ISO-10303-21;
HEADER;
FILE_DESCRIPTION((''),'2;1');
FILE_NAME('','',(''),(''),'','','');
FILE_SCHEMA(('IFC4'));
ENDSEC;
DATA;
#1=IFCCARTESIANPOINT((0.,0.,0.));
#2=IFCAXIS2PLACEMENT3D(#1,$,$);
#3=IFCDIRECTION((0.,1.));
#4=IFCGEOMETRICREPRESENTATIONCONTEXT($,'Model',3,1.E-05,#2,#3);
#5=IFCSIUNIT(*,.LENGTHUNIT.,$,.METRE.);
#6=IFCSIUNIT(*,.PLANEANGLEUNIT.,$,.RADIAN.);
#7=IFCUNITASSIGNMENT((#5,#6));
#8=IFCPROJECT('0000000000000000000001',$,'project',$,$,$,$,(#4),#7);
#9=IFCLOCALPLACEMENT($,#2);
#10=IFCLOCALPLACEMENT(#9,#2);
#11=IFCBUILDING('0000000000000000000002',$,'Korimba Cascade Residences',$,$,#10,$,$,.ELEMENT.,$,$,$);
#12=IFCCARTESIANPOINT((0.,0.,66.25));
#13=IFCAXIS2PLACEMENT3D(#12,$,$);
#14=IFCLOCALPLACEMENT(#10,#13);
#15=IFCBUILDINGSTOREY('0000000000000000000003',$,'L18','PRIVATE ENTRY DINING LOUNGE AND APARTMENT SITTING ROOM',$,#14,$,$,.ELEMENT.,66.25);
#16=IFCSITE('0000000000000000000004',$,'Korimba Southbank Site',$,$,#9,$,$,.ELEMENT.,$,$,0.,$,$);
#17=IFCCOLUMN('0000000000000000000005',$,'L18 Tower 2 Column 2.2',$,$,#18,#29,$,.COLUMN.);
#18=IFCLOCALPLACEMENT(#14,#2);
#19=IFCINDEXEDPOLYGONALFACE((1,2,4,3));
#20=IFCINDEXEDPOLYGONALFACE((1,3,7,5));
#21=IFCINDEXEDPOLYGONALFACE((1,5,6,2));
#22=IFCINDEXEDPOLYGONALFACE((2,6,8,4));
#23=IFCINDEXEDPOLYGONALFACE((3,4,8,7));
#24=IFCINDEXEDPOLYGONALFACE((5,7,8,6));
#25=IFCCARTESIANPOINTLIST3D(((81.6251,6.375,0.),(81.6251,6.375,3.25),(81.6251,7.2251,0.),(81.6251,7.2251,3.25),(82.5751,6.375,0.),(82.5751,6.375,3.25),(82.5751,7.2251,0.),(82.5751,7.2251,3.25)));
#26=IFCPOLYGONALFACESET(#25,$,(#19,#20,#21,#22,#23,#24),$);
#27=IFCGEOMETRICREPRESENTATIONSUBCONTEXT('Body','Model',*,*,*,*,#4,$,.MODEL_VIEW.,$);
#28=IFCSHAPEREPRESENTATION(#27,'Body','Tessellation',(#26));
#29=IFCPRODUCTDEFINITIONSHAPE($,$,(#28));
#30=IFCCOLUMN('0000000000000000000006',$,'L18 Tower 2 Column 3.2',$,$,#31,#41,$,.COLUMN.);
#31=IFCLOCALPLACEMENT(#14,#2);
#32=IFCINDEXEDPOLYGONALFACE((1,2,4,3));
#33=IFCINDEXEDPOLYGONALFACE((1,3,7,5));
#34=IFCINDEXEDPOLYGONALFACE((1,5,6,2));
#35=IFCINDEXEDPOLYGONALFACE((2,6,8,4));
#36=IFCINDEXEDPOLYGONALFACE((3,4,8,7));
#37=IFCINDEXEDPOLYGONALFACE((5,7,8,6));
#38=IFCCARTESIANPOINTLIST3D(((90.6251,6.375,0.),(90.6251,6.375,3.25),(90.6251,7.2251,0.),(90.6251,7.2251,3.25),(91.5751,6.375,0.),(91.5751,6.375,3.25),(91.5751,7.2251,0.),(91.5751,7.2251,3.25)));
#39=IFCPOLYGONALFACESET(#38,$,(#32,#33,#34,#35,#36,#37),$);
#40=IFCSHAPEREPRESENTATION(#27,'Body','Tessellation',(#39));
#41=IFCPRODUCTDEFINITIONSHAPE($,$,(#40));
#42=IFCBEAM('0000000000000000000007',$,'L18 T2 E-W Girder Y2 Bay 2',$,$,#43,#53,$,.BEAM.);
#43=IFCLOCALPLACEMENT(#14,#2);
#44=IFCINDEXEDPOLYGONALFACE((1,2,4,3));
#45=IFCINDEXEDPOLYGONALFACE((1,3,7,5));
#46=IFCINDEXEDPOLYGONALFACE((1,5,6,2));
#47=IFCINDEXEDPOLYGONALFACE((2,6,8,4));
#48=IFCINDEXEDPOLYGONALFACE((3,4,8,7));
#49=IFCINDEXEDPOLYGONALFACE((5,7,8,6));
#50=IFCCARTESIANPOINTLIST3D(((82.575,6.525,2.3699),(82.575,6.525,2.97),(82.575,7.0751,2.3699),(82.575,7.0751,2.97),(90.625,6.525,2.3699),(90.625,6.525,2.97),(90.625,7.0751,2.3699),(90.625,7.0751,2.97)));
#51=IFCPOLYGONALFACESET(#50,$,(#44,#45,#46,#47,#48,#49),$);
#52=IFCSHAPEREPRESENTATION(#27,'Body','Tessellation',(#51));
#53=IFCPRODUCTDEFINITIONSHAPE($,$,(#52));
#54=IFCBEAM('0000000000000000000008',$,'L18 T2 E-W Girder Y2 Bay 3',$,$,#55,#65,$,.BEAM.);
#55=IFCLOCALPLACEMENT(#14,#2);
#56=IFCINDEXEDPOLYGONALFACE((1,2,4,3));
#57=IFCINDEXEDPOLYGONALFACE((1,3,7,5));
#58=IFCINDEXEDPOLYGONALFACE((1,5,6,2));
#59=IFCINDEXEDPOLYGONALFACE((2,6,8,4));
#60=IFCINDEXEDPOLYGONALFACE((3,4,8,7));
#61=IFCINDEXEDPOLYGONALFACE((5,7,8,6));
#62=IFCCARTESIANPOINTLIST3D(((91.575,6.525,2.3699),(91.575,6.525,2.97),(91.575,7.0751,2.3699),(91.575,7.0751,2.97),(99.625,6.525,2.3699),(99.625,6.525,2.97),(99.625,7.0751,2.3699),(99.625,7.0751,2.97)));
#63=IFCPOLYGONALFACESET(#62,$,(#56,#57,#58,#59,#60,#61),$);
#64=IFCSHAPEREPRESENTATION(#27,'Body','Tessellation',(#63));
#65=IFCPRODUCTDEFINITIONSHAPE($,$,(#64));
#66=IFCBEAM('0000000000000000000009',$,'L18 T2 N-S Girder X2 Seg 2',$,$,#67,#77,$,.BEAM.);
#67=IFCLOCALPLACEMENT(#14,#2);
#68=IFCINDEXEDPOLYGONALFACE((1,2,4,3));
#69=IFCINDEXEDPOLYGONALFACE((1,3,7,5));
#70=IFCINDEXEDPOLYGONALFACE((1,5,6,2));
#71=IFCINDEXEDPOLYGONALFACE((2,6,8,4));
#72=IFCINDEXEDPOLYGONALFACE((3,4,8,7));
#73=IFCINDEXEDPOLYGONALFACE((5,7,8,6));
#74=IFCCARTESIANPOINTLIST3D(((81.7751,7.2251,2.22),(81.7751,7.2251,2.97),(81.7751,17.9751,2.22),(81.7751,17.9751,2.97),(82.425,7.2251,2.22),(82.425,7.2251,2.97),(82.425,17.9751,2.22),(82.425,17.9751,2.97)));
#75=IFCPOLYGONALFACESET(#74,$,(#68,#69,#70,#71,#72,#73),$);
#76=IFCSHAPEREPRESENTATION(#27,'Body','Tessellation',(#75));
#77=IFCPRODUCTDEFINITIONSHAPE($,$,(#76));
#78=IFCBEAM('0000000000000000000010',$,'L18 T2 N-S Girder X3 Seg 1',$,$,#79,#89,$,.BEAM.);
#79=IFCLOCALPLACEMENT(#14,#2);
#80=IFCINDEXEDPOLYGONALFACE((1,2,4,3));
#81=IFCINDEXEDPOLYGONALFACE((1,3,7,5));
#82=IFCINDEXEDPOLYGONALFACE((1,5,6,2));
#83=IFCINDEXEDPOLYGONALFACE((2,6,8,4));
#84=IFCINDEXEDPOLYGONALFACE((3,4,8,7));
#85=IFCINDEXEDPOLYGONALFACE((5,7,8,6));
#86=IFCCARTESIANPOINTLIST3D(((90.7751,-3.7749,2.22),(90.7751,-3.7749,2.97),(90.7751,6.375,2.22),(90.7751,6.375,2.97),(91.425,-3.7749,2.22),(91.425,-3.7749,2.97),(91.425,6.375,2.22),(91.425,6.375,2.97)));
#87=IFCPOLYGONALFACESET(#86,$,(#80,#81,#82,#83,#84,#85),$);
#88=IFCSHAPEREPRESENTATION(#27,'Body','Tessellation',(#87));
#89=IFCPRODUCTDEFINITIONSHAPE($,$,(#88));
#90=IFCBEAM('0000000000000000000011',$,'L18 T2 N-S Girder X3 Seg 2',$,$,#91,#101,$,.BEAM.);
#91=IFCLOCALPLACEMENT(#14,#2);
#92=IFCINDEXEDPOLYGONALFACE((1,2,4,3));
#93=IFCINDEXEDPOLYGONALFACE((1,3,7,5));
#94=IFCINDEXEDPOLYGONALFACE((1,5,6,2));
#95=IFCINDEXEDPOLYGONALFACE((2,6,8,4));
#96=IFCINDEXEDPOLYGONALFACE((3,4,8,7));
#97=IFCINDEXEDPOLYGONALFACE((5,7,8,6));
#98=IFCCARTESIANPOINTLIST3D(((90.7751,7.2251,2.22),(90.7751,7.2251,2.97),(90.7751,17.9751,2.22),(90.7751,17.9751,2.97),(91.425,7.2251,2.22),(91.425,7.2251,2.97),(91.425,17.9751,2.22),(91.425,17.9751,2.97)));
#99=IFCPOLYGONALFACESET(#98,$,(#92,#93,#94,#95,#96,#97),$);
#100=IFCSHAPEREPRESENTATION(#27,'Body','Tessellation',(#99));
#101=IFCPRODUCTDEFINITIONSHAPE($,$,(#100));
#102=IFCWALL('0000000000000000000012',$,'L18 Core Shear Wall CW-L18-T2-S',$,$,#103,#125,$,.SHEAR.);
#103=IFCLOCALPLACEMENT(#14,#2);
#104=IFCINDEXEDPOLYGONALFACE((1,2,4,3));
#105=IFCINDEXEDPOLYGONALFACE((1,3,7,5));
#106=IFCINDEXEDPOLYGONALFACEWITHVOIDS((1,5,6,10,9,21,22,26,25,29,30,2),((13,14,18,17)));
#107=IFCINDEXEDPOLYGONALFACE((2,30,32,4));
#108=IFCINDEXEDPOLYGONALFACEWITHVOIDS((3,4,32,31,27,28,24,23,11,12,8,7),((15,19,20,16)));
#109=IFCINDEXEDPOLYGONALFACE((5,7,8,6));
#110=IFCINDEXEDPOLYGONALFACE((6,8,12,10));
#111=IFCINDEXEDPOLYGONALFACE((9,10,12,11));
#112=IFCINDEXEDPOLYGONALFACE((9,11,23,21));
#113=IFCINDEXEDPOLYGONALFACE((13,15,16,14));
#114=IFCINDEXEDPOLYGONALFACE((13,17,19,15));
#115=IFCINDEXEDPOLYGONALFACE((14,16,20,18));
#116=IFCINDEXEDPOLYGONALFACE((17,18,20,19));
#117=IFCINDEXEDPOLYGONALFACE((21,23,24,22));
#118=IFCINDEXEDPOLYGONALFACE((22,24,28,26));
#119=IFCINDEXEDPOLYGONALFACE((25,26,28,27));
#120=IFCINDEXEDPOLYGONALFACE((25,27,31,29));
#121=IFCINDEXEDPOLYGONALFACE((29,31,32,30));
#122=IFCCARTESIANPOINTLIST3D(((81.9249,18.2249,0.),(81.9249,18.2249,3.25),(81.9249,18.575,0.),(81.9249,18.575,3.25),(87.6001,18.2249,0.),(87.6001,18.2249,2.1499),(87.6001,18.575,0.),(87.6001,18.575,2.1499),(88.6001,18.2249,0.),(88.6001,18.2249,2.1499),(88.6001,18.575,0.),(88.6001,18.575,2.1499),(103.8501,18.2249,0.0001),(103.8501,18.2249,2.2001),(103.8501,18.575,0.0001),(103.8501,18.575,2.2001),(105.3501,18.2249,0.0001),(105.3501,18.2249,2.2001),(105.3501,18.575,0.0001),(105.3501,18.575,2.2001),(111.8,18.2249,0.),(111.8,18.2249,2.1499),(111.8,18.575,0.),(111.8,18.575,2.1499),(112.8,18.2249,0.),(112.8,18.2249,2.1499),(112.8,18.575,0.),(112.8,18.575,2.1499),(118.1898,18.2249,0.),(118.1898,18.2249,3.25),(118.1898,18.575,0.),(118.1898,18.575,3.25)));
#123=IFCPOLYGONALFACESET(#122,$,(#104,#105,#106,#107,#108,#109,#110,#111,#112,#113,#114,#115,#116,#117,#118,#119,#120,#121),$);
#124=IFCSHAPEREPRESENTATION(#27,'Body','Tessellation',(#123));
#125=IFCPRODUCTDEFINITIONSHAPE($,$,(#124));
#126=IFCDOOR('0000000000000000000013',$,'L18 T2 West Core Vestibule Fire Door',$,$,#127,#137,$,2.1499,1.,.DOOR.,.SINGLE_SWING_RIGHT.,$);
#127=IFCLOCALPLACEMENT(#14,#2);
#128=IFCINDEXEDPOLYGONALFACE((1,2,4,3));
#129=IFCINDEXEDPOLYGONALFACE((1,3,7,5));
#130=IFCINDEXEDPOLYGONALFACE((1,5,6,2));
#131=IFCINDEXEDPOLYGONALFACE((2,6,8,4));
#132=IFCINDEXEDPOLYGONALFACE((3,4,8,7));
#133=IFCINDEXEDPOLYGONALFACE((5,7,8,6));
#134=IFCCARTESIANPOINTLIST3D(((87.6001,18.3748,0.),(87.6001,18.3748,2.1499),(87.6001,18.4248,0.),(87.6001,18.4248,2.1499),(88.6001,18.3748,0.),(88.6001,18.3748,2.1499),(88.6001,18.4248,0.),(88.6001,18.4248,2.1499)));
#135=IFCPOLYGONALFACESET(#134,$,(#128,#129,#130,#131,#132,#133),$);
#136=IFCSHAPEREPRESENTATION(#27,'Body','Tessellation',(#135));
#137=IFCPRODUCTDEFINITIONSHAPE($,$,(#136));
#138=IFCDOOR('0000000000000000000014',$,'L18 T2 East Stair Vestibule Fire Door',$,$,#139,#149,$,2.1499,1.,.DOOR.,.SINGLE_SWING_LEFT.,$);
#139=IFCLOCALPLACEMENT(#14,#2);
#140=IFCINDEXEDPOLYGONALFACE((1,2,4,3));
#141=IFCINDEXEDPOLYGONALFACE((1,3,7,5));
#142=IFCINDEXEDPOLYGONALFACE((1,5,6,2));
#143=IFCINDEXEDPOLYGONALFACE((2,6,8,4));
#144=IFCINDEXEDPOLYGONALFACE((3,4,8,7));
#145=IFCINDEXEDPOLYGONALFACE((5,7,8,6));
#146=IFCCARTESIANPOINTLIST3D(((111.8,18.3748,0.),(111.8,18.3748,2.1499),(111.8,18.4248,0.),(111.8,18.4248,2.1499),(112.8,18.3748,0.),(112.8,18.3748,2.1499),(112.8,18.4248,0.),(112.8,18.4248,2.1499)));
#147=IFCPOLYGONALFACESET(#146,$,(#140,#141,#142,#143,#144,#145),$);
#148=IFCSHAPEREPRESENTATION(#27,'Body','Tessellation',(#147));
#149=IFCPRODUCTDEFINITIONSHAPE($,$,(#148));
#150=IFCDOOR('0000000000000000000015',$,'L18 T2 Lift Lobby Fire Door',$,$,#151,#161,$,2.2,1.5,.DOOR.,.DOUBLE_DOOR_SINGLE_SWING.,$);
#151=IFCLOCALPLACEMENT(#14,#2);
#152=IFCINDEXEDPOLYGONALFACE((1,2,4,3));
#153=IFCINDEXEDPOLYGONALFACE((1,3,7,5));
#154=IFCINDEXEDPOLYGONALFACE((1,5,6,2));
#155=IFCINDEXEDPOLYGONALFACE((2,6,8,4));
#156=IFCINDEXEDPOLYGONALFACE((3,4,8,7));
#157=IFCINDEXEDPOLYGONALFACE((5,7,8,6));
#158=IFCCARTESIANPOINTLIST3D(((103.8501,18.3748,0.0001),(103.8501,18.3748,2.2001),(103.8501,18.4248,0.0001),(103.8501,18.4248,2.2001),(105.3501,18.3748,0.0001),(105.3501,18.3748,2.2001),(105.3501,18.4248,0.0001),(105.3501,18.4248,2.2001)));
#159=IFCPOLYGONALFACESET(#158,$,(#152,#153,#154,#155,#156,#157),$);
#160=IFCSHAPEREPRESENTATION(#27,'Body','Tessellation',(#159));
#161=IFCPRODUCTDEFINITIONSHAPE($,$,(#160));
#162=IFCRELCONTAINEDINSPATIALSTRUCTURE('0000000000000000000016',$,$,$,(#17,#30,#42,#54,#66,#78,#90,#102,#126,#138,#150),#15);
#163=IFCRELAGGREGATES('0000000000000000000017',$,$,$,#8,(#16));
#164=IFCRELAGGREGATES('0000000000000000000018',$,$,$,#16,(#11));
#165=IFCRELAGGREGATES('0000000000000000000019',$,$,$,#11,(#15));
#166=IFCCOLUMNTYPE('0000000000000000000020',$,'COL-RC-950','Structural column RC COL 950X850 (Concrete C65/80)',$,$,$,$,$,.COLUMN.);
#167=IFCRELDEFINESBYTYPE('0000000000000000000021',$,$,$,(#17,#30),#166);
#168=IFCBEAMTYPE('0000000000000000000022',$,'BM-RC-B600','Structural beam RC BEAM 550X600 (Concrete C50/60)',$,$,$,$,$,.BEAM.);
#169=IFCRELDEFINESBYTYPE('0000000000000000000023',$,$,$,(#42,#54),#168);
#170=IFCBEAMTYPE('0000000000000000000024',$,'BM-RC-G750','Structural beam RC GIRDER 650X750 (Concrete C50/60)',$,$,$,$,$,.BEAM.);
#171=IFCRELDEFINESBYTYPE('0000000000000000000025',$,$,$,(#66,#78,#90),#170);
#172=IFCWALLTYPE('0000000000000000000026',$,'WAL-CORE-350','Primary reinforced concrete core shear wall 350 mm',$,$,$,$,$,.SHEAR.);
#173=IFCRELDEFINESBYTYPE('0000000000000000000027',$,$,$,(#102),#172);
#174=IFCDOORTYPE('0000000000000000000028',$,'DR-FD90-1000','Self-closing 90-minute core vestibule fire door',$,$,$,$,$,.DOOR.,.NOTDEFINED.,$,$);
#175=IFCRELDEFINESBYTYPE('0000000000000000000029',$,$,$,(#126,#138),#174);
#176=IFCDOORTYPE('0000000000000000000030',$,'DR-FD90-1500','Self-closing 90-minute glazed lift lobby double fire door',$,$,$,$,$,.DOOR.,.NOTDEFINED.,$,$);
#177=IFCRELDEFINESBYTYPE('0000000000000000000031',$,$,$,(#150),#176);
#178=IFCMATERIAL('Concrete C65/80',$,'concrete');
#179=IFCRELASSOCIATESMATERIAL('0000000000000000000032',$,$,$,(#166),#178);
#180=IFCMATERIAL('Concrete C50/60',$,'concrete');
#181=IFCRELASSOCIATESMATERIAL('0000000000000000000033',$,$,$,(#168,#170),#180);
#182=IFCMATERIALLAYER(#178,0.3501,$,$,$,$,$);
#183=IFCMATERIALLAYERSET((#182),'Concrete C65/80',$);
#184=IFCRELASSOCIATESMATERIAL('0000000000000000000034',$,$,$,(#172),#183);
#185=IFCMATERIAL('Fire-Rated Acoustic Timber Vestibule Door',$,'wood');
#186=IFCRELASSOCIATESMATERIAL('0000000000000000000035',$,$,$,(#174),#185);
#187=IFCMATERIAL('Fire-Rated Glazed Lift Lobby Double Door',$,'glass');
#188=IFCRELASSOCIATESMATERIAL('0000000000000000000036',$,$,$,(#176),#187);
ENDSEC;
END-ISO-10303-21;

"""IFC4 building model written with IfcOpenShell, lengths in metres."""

from ifc_helpers import new_model, si_unit, direction, frame, frame_2d, origin, origin_2d, place, context, subcontext, project, spatial, rectangle, extrude, material, layer, layer_set, material_profile, profile_set, type_object, element, fill, save


model = new_model("IFC4")

# Units and contexts
model_context = context("Model", 3, precision=1e-05, world=origin(), true_north=direction((0.0, 1.0)))
body_context = subcontext(model_context, "Body", "Model", "MODEL_VIEW")
ifc_project = project(units=[si_unit("LENGTHUNIT", "METRE"), si_unit("PLANEANGLEUNIT", "RADIAN")], contexts=[model_context])

# Site, building, storey
site_placement = place(None, origin())
site = spatial("IfcSite", under=ifc_project, at=site_placement, Name="Korimba Southbank Site", CompositionType="ELEMENT", RefElevation=0.0)
building_placement = place(site_placement, origin())
building = spatial("IfcBuilding", under=site, at=building_placement, Name="Korimba Cascade Residences", CompositionType="ELEMENT")
storey_placement = place(building_placement, frame((0.0, 0.0, 66.25)))
storey = spatial("IfcBuildingStorey", under=building, at=storey_placement, Name="L18", Description="PRIVATE ENTRY DINING LOUNGE AND APARTMENT SITTING ROOM", CompositionType="ELEMENT", Elevation=66.25)

# Columns
ifc_material_1 = material(Name="Concrete C65/80", Category="concrete")
ifc_material_profile_1 = material_profile(ifc_material_1, rectangle(XDim=0.95, YDim=0.8501, at=origin_2d()), Name="Concrete C65/80")
ifc_profile_set_1 = profile_set([ifc_material_profile_1], Name="Concrete C65/80")
column_type = type_object("IfcColumnType", Name="COL-RC-950", Description="Structural column RC COL 950X850 (Concrete C65/80)", PredefinedType="COLUMN", material=ifc_profile_set_1)
for number, where, z_axis, x_axis, name in (
    (1, (82.1001, 6.8, 0.0), (0.0, 0.0, 1.0), (1.0, 0.0, 0.0), "L18 Tower 2 Column 2.2"),
    (2, (91.1001, 6.8, 0.0), (0.0, 0.0, 1.0), (1.0, 0.0, 0.0), "L18 Tower 2 Column 3.2"),
):
    element("IfcColumn", number, at=place(storey_placement, frame(where, z_axis=z_axis, x_axis=x_axis)), inside=storey, type_object=column_type, Name=name, PredefinedType="COLUMN", context=body_context, shape_type="SweptSolid", body=[
        extrude(rectangle(XDim=0.95, YDim=0.8501, at=origin_2d()), origin(), (0.0, 0.0, 1.0), 3.25),
    ])

# Beams
ifc_material_2 = material(Name="Concrete C50/60", Category="concrete")
ifc_material_profile_2 = material_profile(ifc_material_2, rectangle(XDim=0.55, YDim=0.6001, at=origin_2d()), Name="Concrete C50/60")
ifc_profile_set_2 = profile_set([ifc_material_profile_2], Name="Concrete C50/60")
beam_type_1 = type_object("IfcBeamType", Name="BM-RC-B600", Description="Structural beam RC BEAM 550X600 (Concrete C50/60)", PredefinedType="BEAM", material=ifc_profile_set_2)
for number, where, z_axis, x_axis, name in (
    (3, (82.575, 6.8, 2.6699), (1.0, 0.0, 0.0), (0.0, 1.0, 0.0), "L18 T2 E-W Girder Y2 Bay 2"),
    (4, (91.575, 6.8, 2.6699), (1.0, 0.0, 0.0), (0.0, 1.0, 0.0), "L18 T2 E-W Girder Y2 Bay 3"),
):
    element("IfcBeam", number, at=place(storey_placement, frame(where, z_axis=z_axis, x_axis=x_axis)), inside=storey, type_object=beam_type_1, Name=name, PredefinedType="BEAM", context=body_context, shape_type="SweptSolid", body=[
        extrude(rectangle(XDim=0.55, YDim=0.6001, at=origin_2d()), origin(), (0.0, 0.0, 1.0), 8.05),
    ])
ifc_material_profile_3 = material_profile(ifc_material_2, rectangle(XDim=0.6499, YDim=0.75, at=origin_2d()), Name="Concrete C50/60")
ifc_profile_set_3 = profile_set([ifc_material_profile_3], Name="Concrete C50/60")
beam_type_2 = type_object("IfcBeamType", Name="BM-RC-G750", Description="Structural beam RC GIRDER 650X750 (Concrete C50/60)", PredefinedType="BEAM", material=ifc_profile_set_3)
beam_1_placement = place(storey_placement, frame((82.1001, 7.2251, 2.595), z_axis=(0.0, 1.0, 0.0), x_axis=(-1.0, 0.0, 0.0)))
element("IfcBeam", 5, at=beam_1_placement, inside=storey, type_object=beam_type_2, Name="L18 T2 N-S Girder X2 Seg 2", PredefinedType="BEAM", context=body_context, shape_type="SweptSolid", body=[
    extrude(rectangle(XDim=0.6499, YDim=0.75, at=origin_2d()), origin(), (0.0, 0.0, 1.0), 10.75),
])
beam_2_placement = place(storey_placement, frame((91.1001, -3.7749, 2.595), z_axis=(0.0, 1.0, 0.0), x_axis=(-1.0, 0.0, 0.0)))
element("IfcBeam", 6, at=beam_2_placement, inside=storey, type_object=beam_type_2, Name="L18 T2 N-S Girder X3 Seg 1", PredefinedType="BEAM", context=body_context, shape_type="SweptSolid", body=[
    extrude(rectangle(XDim=0.6499, YDim=0.75, at=origin_2d()), origin(), (0.0, 0.0, 1.0), 10.1499),
])
beam_3_placement = place(storey_placement, frame((91.1001, 7.2251, 2.595), z_axis=(0.0, 1.0, 0.0), x_axis=(-1.0, 0.0, 0.0)))
element("IfcBeam", 7, at=beam_3_placement, inside=storey, type_object=beam_type_2, Name="L18 T2 N-S Girder X3 Seg 2", PredefinedType="BEAM", context=body_context, shape_type="SweptSolid", body=[
    extrude(rectangle(XDim=0.6499, YDim=0.75, at=origin_2d()), origin(), (0.0, 0.0, 1.0), 10.75),
])

# Wall, openings, doors
ifc_layer_1 = layer(ifc_material_1, 0.3501)
ifc_layer_set_1 = layer_set([ifc_layer_1], Name="Concrete C65/80")
wall_type_1 = type_object("IfcWallType", Name="WAL-CORE-350", Description="Primary reinforced concrete core shear wall 350 mm", PredefinedType="SHEAR", material=ifc_layer_set_1)
wall_1_placement = place(storey_placement, frame((81.925, 18.3999, 0.0), z_axis=(0.0, 0.0, 1.0), x_axis=(1.0, 0.0, 0.0)))
wall_1 = element("IfcWall", 8, at=wall_1_placement, inside=storey, type_object=wall_type_1, Name="L18 Core Shear Wall CW-L18-T2-S", PredefinedType="SHEAR", context=body_context, shape_type="SweptSolid", body=[
    extrude(rectangle(XDim=36.2649, YDim=0.3501, at=frame_2d((18.1323, 0.0))), origin(), (0.0, 0.0, 1.0), 3.25),
])
opening_1_placement = place(wall_1_placement, frame((5.675, 0.0, 0.0)))
opening_1 = element("IfcOpeningElement", 9, at=opening_1_placement, cuts=wall_1, PredefinedType="OPENING", context=body_context, shape_type="SweptSolid", body=[
    extrude(rectangle(XDim=1.0, YDim=2.1499, at=frame_2d((0.5, 1.075))), frame((0.0, 0.1851, 0.0), z_axis=(0.0, -1.0, 0.0), x_axis=(1.0, 0.0, 0.0)), (0.0, 0.0, 1.0), 0.3701),
])
opening_2_placement = place(wall_1_placement, frame((21.925, 0.0, 0.0)))
opening_2 = element("IfcOpeningElement", 10, at=opening_2_placement, cuts=wall_1, PredefinedType="OPENING", context=body_context, shape_type="SweptSolid", body=[
    extrude(rectangle(XDim=1.5, YDim=2.2, at=frame_2d((0.75, 1.1001))), frame((0.0, 0.1851, 0.0), z_axis=(0.0, -1.0, 0.0), x_axis=(1.0, 0.0, 0.0)), (0.0, 0.0, 1.0), 0.3701),
])
opening_3_placement = place(wall_1_placement, frame((29.875, 0.0, 0.0)))
opening_3 = element("IfcOpeningElement", 11, at=opening_3_placement, cuts=wall_1, PredefinedType="OPENING", context=body_context, shape_type="SweptSolid", body=[
    extrude(rectangle(XDim=1.0, YDim=2.1499, at=frame_2d((0.5, 1.075))), frame((0.0, 0.1851, 0.0), z_axis=(0.0, -1.0, 0.0), x_axis=(1.0, 0.0, 0.0)), (0.0, 0.0, 1.0), 0.3701),
])
ifc_material_3 = material(Name="Fire-Rated Acoustic Timber Vestibule Door", Category="wood")
door_type_1 = type_object("IfcDoorType", Name="DR-FD90-1000", Description="Self-closing 90-minute core vestibule fire door", OperationType="NOTDEFINED", PredefinedType="DOOR", material=ifc_material_3)
door_1_placement = place(opening_1_placement, origin())
door_1 = element("IfcDoor", 12, at=door_1_placement, inside=storey, type_object=door_type_1, Name="L18 T2 West Core Vestibule Fire Door", OperationType="SINGLE_SWING_RIGHT", OverallHeight=2.1499, OverallWidth=1.0, PredefinedType="DOOR", context=body_context, shape_type="SweptSolid", body=[
    extrude(rectangle(XDim=1.0, YDim=2.1499, at=frame_2d((0.5, 1.075))), frame((0.0, 0.0249, 0.0), z_axis=(0.0, -1.0, 0.0), x_axis=(1.0, 0.0, 0.0)), (0.0, 0.0, 1.0), 0.05),
])
fill(opening_1, door_1)
door_2_placement = place(opening_3_placement, origin())
door_2 = element("IfcDoor", 13, at=door_2_placement, inside=storey, type_object=door_type_1, Name="L18 T2 East Stair Vestibule Fire Door", OperationType="SINGLE_SWING_LEFT", OverallHeight=2.1499, OverallWidth=1.0, PredefinedType="DOOR", context=body_context, shape_type="SweptSolid", body=[
    extrude(rectangle(XDim=1.0, YDim=2.1499, at=frame_2d((0.5, 1.075))), frame((0.0, 0.0249, 0.0), z_axis=(0.0, -1.0, 0.0), x_axis=(1.0, 0.0, 0.0)), (0.0, 0.0, 1.0), 0.05),
])
fill(opening_3, door_2)
ifc_material_4 = material(Name="Fire-Rated Glazed Lift Lobby Double Door", Category="glass")
door_type_2 = type_object("IfcDoorType", Name="DR-FD90-1500", Description="Self-closing 90-minute glazed lift lobby double fire door", OperationType="NOTDEFINED", PredefinedType="DOOR", material=ifc_material_4)
door_3_placement = place(opening_2_placement, origin())
door_3 = element("IfcDoor", 14, at=door_3_placement, inside=storey, type_object=door_type_2, Name="L18 T2 Lift Lobby Fire Door", OperationType="DOUBLE_DOOR_SINGLE_SWING", OverallHeight=2.2, OverallWidth=1.5, PredefinedType="DOOR", context=body_context, shape_type="SweptSolid", body=[
    extrude(rectangle(XDim=1.5, YDim=2.2, at=frame_2d((0.75, 1.1001))), frame((0.0, 0.0249, 0.0), z_axis=(0.0, -1.0, 0.0), x_axis=(1.0, 0.0, 0.0)), (0.0, 0.0, 1.0), 0.05),
])
fill(opening_2, door_3)

save(model, "model.ifc")
